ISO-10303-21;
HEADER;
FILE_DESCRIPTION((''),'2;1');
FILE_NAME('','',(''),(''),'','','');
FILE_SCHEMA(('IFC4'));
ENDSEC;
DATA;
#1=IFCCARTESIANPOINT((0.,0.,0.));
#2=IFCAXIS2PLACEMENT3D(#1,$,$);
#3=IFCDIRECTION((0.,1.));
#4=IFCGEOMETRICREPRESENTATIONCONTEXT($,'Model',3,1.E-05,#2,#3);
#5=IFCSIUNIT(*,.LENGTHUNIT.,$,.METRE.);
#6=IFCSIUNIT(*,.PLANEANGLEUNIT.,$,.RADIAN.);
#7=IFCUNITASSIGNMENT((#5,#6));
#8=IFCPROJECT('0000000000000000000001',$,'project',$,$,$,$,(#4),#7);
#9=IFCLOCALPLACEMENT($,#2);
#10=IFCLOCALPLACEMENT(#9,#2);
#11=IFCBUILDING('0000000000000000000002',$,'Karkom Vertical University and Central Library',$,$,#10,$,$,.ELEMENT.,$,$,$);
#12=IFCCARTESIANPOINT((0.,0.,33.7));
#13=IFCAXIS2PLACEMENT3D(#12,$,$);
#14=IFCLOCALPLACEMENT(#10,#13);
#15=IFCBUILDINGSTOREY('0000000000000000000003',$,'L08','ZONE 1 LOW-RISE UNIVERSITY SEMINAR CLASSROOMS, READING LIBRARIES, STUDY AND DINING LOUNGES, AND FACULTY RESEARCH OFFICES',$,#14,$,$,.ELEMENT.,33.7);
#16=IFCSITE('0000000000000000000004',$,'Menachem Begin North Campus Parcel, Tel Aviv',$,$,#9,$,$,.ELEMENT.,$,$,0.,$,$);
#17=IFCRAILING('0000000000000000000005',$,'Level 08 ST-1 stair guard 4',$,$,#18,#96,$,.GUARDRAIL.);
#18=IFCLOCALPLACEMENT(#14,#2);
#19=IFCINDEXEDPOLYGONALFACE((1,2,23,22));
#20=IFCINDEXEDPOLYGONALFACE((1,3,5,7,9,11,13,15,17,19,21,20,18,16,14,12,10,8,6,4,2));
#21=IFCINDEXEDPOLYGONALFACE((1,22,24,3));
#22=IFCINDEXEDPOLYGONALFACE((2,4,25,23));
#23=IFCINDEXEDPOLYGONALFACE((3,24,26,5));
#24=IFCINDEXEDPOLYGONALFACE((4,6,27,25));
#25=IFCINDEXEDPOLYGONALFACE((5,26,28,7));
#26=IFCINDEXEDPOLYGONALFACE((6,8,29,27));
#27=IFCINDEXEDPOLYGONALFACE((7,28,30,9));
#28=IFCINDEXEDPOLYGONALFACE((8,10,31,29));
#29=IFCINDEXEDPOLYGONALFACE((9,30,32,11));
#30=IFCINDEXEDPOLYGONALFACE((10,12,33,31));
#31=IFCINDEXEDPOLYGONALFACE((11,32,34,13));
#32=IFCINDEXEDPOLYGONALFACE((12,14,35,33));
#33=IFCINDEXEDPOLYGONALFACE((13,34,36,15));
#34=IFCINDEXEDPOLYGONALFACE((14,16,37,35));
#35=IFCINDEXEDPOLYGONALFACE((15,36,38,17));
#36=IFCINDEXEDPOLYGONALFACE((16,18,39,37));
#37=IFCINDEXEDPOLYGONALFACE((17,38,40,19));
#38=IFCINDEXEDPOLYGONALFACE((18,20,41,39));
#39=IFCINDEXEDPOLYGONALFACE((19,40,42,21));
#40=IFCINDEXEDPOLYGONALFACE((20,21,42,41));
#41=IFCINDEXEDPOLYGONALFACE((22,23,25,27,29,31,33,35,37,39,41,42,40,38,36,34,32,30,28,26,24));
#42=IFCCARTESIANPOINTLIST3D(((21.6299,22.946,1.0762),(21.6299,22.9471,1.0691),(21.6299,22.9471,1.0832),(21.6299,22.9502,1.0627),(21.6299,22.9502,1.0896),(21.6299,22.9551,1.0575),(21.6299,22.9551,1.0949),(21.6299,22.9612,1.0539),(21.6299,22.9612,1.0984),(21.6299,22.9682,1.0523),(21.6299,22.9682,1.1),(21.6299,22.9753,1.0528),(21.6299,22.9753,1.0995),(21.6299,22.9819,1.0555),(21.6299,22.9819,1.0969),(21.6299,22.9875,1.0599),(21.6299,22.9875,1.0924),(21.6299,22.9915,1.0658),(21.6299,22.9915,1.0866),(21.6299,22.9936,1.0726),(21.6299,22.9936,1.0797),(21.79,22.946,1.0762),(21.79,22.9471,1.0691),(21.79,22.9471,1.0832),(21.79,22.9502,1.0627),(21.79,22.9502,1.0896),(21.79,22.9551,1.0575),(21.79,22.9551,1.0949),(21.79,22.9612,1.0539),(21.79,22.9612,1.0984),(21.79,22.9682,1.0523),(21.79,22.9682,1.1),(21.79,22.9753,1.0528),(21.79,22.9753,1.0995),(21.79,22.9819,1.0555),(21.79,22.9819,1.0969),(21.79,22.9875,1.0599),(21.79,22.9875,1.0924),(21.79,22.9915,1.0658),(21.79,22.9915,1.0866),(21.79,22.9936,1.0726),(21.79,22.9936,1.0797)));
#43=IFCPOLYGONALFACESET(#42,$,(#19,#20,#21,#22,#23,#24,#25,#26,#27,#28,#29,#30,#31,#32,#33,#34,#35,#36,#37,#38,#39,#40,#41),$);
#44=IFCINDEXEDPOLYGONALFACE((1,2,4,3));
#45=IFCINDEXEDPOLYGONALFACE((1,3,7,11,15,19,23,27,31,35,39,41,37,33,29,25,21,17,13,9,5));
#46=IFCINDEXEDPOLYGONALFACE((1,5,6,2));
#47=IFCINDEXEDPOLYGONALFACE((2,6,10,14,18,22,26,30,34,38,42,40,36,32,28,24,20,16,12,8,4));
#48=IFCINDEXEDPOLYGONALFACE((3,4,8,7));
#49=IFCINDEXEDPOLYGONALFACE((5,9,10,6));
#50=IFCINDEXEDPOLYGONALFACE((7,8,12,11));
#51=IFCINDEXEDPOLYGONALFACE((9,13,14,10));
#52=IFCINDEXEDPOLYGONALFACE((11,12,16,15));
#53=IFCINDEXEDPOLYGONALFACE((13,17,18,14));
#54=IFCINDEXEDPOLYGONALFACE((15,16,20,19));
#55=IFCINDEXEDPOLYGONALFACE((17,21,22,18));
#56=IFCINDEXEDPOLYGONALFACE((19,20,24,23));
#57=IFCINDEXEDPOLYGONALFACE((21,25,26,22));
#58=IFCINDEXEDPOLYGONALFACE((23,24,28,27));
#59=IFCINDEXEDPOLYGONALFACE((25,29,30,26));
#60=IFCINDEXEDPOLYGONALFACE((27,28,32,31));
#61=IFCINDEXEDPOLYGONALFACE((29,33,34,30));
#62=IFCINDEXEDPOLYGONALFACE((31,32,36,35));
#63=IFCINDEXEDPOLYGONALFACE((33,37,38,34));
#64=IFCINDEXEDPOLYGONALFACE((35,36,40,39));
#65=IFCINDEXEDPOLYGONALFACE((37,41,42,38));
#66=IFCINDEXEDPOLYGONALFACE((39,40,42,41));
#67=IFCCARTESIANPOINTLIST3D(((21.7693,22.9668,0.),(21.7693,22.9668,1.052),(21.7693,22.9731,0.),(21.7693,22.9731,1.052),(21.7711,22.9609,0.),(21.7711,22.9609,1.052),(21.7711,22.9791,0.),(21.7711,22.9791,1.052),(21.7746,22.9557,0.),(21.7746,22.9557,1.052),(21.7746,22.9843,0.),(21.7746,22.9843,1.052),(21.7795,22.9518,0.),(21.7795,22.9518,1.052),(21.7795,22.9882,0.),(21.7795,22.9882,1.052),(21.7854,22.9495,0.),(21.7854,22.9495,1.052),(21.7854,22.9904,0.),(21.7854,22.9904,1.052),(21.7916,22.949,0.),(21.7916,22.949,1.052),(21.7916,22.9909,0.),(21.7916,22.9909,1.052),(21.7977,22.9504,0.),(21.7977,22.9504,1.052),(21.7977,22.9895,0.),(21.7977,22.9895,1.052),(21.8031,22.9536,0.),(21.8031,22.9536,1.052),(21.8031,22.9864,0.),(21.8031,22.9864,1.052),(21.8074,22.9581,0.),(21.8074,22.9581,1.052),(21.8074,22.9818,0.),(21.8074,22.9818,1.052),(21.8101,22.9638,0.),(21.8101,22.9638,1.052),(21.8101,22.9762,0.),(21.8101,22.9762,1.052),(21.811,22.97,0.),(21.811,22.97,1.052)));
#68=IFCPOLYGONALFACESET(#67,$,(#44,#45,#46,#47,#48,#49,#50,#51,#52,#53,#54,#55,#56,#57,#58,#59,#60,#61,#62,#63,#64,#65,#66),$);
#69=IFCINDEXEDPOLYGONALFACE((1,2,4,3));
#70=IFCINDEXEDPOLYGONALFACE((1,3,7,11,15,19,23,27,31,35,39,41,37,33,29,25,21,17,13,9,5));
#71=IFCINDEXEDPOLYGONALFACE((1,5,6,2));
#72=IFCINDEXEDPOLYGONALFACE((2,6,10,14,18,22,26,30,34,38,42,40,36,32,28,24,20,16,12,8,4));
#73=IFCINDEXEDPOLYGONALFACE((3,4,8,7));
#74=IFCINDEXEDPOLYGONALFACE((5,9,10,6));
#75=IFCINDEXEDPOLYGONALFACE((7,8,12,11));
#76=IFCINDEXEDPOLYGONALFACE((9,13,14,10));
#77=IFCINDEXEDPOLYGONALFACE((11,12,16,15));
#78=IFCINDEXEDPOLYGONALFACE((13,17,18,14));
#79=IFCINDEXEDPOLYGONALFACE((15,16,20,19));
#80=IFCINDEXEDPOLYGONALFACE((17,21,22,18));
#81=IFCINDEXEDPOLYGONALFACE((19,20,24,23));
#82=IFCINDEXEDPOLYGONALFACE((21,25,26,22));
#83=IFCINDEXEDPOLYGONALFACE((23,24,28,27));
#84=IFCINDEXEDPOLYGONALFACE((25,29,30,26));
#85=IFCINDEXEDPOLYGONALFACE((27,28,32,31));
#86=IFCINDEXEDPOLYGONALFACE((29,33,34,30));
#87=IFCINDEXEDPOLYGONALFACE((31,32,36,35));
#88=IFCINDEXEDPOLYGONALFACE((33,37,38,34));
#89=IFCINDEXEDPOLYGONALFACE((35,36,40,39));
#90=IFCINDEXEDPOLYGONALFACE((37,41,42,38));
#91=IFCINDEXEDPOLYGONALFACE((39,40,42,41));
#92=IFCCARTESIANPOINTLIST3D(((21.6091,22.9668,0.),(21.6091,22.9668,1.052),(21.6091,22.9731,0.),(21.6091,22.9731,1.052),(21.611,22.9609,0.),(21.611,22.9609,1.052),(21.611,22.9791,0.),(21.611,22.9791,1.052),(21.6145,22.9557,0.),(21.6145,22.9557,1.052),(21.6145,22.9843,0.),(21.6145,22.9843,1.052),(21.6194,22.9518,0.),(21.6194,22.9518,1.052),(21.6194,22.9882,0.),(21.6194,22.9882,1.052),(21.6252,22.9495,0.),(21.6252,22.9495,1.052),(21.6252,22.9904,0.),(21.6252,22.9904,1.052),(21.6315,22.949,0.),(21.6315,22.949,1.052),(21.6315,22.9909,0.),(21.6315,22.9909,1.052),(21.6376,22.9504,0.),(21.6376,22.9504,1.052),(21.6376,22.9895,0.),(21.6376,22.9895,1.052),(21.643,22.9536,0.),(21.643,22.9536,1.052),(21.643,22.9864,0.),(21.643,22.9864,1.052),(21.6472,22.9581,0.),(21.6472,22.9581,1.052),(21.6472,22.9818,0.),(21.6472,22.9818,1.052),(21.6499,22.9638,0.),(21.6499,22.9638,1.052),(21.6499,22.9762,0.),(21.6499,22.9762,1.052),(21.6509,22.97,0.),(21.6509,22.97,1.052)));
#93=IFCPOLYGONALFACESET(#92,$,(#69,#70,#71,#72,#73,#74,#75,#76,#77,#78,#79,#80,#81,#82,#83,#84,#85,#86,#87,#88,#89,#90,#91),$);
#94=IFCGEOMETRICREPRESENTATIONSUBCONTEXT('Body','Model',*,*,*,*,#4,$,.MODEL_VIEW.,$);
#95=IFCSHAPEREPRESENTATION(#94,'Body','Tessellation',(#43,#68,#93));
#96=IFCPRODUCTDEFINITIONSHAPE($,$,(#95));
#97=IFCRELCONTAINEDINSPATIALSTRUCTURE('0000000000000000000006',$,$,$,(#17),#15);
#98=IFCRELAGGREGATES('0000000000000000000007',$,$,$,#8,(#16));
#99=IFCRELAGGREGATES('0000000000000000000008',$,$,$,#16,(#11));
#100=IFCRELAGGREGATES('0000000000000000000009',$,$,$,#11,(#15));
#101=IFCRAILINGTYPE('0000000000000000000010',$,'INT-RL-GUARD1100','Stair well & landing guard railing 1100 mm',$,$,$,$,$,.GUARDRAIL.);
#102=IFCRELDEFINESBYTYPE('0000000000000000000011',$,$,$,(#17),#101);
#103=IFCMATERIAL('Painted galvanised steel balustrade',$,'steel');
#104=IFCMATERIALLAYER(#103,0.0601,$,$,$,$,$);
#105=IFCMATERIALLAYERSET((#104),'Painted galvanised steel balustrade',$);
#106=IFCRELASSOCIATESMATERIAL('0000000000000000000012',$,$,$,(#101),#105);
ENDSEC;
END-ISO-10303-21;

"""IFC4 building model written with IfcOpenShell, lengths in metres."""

from ifc_helpers import new_model, si_unit, direction, frame, origin, origin_2d, place, context, subcontext, project, spatial, circle, extrude, material, layer, layer_set, type_object, element, save


model = new_model("IFC4")

# Units and contexts
model_context = context("Model", 3, precision=1e-05, world=origin(), true_north=direction((0.0, 1.0)))
body_context = subcontext(model_context, "Body", "Model", "MODEL_VIEW")
ifc_project = project(units=[si_unit("LENGTHUNIT", "METRE"), si_unit("PLANEANGLEUNIT", "RADIAN")], contexts=[model_context])

# Site, building, storey
site_placement = place(None, origin())
site = spatial("IfcSite", under=ifc_project, at=site_placement, Name="Menachem Begin North Campus Parcel, Tel Aviv", CompositionType="ELEMENT", RefElevation=0.0)
building_placement = place(site_placement, origin())
building = spatial("IfcBuilding", under=site, at=building_placement, Name="Karkom Vertical University and Central Library", CompositionType="ELEMENT")
storey_placement = place(building_placement, frame((0.0, 0.0, 33.7)))
storey = spatial("IfcBuildingStorey", under=building, at=storey_placement, Name="L08", Description="ZONE 1 LOW-RISE UNIVERSITY SEMINAR CLASSROOMS, READING LIBRARIES, STUDY AND DINING LOUNGES, AND FACULTY RESEARCH OFFICES", CompositionType="ELEMENT", Elevation=33.7)

# Railing
ifc_material_1 = material(Name="Painted galvanised steel balustrade", Category="steel")
ifc_layer_1 = layer(ifc_material_1, 0.0601)
ifc_layer_set_1 = layer_set([ifc_layer_1], Name="Painted galvanised steel balustrade")
railing_type_1 = type_object("IfcRailingType", Name="INT-RL-GUARD1100", Description="Stair well & landing guard railing 1100 mm", PredefinedType="GUARDRAIL", material=ifc_layer_set_1)
railing_1_placement = place(storey_placement, frame((21.79, 22.97, 0.0)))
element("IfcRailing", 1, at=railing_1_placement, inside=storey, type_object=railing_type_1, Name="Level 08 ST-1 stair guard 4", PredefinedType="GUARDRAIL", context=body_context, shape_type="SweptSolid", body=[
    extrude(circle(Radius=0.0239, at=origin_2d()), frame((0.0, 0.0, 1.0762), z_axis=(-1.0, 0.0, 0.0), x_axis=(0.0, -1.0, 0.0)), (0.0, 0.0, 1.0), 0.1602),
    extrude(circle(Radius=0.021, at=origin_2d()), origin(), (0.0, 0.0, 1.0), 1.052),
    extrude(circle(Radius=0.021, at=origin_2d()), frame((-0.1602, 0.0, 0.0)), (0.0, 0.0, 1.0), 1.052),
])

save(model, "model.ifc")
